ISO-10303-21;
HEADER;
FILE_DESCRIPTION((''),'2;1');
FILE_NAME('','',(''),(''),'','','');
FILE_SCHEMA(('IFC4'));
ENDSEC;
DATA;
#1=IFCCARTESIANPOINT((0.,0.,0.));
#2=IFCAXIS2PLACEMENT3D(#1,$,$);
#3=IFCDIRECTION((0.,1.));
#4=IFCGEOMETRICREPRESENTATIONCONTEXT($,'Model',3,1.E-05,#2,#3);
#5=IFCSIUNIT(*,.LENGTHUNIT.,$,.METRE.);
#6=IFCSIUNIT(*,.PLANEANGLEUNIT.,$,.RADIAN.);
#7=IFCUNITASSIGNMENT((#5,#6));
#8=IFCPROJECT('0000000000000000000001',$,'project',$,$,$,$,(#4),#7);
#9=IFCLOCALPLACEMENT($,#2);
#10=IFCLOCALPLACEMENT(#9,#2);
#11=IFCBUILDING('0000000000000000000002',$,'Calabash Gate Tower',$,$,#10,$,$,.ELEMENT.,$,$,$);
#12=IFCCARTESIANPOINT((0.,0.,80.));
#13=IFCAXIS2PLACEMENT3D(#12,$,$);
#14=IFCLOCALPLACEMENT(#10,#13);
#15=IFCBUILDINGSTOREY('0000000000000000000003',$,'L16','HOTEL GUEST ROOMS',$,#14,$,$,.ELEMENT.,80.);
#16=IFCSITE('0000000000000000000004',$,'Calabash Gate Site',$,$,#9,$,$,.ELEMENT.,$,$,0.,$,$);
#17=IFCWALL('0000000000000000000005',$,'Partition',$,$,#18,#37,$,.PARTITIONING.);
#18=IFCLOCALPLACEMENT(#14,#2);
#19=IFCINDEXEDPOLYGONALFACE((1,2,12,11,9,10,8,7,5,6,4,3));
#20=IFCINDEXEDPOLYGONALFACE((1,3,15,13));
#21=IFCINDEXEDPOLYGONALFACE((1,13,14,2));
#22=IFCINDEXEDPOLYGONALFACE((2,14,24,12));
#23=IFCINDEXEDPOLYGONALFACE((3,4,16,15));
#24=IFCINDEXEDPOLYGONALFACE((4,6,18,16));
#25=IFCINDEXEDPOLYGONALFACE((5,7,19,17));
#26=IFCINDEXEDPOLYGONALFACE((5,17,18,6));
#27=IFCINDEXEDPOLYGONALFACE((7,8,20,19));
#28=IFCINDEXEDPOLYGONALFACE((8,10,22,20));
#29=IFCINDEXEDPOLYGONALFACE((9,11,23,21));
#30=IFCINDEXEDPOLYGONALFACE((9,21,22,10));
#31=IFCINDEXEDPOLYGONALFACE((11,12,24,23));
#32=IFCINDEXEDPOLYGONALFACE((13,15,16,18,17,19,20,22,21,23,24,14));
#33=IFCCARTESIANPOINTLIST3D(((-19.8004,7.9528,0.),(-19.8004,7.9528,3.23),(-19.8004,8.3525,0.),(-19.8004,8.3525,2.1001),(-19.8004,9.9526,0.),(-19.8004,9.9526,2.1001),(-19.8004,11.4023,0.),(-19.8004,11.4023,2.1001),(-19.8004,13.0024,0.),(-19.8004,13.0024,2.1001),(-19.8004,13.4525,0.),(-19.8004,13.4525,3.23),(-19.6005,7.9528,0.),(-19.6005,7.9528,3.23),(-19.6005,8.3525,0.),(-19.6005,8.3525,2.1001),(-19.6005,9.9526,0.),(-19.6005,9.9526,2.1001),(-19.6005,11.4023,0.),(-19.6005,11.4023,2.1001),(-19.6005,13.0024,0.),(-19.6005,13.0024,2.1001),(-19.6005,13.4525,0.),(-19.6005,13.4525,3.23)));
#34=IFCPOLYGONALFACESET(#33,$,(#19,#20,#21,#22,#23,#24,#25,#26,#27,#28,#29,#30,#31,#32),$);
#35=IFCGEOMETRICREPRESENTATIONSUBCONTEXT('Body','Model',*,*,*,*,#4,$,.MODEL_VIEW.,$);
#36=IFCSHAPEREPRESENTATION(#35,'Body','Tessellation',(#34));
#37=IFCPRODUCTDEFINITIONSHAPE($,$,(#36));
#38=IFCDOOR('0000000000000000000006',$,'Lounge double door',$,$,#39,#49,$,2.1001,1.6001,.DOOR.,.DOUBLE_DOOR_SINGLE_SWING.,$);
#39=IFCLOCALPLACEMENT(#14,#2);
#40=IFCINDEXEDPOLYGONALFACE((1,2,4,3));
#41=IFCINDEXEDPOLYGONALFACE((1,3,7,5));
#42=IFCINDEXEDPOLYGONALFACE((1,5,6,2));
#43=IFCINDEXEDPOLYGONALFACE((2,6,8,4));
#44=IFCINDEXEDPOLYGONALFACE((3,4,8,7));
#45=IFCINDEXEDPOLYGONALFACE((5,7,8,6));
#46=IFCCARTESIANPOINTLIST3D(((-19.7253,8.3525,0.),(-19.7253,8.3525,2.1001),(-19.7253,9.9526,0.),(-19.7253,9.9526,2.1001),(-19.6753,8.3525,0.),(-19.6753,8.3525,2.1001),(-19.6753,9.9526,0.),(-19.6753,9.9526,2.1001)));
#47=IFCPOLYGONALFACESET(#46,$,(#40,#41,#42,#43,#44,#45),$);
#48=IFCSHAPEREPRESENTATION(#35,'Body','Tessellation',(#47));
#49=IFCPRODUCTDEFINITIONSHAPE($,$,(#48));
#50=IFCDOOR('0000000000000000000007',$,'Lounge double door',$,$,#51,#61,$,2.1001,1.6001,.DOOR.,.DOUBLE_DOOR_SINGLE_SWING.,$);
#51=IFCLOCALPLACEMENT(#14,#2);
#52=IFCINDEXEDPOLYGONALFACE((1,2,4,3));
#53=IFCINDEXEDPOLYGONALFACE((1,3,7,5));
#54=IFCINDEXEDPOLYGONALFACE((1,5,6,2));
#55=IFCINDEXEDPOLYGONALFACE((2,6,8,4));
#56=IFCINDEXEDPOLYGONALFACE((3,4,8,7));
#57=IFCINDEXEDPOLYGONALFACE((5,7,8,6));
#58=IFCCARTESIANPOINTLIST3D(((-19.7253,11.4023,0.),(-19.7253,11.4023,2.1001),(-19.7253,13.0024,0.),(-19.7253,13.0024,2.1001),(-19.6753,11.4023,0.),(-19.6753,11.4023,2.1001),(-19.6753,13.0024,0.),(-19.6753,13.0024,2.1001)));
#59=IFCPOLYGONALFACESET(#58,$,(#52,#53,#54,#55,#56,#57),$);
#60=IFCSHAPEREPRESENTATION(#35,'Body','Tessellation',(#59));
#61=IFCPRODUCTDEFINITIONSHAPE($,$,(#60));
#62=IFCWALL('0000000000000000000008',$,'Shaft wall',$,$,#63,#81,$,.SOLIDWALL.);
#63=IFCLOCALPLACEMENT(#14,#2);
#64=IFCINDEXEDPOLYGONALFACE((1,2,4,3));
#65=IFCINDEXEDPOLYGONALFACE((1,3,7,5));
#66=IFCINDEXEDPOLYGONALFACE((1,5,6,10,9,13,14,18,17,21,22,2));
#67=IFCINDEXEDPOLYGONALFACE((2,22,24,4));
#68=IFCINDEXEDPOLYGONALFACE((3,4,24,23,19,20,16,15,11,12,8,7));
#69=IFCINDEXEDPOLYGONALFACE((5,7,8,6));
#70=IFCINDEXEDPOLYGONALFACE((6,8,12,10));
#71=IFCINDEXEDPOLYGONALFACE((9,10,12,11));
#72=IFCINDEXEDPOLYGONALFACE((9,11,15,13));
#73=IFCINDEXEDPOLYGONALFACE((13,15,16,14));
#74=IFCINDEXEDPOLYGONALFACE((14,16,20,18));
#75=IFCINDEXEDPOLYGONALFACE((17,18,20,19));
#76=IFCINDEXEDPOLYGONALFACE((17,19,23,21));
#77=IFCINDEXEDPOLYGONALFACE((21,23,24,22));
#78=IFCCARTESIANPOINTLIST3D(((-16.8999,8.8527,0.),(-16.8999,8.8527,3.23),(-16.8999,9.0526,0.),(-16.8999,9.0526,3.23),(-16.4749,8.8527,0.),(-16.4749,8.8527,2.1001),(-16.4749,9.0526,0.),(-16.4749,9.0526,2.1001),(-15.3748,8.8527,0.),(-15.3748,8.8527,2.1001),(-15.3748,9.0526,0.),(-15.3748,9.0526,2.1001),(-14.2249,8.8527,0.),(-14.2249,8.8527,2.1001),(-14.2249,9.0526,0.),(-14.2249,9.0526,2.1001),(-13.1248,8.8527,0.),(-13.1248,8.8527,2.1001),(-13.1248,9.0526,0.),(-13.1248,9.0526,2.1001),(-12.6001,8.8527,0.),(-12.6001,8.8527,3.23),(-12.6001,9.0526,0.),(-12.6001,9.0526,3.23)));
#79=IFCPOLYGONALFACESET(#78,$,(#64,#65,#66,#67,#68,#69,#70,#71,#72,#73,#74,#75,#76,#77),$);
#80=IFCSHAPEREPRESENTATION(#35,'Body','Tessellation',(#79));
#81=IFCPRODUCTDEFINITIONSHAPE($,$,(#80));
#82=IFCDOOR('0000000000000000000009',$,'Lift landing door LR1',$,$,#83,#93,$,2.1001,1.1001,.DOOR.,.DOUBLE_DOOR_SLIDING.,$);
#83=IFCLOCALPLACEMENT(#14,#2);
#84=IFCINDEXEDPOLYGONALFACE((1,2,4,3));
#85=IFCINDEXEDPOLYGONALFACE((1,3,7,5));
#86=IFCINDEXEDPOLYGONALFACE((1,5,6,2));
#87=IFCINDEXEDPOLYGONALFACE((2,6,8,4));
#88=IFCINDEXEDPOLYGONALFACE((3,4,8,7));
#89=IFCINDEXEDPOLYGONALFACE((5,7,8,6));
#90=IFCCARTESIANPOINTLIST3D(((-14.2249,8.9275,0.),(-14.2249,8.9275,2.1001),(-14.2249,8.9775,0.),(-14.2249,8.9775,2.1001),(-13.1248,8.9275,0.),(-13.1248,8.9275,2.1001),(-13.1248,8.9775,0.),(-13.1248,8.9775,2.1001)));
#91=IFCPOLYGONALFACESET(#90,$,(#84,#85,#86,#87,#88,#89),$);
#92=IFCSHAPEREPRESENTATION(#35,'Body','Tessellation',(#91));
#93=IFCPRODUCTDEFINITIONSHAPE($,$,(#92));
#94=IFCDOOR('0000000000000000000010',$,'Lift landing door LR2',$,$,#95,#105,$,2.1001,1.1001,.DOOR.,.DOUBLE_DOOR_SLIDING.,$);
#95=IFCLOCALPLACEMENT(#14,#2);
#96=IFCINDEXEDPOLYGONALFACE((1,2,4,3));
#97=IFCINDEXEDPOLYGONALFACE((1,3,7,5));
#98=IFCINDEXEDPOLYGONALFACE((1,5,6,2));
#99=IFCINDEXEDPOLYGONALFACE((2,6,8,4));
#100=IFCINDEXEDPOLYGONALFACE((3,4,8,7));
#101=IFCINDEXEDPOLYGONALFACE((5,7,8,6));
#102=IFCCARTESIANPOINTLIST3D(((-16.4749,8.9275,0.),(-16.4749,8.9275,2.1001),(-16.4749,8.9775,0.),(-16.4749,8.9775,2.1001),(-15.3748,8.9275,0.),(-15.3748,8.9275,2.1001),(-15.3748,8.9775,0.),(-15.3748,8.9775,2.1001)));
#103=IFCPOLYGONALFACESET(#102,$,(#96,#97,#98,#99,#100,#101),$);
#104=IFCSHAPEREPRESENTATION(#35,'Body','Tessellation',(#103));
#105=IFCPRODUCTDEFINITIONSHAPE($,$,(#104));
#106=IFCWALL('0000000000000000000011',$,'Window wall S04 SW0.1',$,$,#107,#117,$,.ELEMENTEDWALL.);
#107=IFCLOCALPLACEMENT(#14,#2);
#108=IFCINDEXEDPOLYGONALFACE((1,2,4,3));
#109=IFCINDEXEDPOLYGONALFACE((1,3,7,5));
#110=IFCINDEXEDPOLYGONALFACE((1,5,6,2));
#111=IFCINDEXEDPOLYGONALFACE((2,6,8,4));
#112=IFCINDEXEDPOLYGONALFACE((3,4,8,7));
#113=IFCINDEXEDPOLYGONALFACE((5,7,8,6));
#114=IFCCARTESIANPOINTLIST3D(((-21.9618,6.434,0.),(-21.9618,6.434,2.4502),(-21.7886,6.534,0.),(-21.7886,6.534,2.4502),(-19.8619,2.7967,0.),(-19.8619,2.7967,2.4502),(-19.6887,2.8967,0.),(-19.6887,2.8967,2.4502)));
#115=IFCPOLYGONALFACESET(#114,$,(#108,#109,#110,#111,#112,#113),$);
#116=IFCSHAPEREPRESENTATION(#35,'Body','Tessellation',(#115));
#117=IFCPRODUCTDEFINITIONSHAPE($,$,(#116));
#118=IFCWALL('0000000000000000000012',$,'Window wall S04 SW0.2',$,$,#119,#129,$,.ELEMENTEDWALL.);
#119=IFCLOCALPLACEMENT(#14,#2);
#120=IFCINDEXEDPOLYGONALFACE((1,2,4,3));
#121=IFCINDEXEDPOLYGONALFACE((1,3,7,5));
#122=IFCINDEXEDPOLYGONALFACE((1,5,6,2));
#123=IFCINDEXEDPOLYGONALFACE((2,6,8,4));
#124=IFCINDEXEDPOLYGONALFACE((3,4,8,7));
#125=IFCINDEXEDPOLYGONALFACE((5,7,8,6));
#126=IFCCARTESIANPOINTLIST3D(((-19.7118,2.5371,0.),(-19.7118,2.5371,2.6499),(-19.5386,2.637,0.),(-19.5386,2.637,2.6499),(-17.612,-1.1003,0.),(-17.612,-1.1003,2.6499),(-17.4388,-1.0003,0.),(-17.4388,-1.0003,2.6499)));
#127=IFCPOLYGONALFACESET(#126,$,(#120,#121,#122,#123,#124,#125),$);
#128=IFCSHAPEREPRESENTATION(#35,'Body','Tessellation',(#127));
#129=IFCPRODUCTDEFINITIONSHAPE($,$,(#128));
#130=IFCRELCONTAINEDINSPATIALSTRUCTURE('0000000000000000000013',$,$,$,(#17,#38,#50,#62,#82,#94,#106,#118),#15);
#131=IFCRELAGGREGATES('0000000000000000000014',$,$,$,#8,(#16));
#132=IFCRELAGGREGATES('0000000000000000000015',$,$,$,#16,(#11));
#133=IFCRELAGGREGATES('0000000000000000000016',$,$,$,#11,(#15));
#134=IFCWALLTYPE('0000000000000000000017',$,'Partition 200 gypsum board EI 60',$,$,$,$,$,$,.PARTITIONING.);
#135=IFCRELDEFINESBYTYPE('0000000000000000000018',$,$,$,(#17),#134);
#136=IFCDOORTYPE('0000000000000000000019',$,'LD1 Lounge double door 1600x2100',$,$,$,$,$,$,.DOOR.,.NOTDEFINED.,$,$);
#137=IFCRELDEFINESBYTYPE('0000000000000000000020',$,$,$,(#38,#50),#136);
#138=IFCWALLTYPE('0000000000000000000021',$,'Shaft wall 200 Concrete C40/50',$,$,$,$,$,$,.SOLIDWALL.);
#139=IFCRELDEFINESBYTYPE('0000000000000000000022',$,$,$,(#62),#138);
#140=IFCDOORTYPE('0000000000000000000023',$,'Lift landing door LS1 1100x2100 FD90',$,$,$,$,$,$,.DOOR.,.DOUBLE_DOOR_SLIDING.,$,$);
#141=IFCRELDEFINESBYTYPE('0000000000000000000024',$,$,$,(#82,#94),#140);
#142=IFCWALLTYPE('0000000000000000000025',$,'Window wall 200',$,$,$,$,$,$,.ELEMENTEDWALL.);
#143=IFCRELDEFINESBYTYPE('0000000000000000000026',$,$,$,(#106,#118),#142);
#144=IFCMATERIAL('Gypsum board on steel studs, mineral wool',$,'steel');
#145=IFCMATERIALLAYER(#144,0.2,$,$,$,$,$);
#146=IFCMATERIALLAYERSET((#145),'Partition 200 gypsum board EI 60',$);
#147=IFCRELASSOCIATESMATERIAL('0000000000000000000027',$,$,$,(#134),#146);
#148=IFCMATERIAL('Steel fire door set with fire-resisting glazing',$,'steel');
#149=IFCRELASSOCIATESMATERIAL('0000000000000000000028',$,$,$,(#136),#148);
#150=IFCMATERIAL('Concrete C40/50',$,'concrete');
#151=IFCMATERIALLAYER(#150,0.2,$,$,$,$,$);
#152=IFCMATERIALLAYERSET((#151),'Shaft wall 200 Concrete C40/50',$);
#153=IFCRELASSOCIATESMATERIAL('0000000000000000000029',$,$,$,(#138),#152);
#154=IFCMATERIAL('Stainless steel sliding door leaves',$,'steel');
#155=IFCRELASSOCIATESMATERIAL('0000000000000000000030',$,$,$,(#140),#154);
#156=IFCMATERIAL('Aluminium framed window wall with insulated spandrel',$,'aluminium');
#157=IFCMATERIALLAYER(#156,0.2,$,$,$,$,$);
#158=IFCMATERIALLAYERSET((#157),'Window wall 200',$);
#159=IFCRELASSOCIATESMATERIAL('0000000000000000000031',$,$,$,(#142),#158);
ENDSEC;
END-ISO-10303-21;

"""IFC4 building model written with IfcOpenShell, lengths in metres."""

from ifc_helpers import new_model, si_unit, direction, frame, frame_2d, origin, place, context, subcontext, project, spatial, rectangle, extrude, material, layer, layer_set, type_object, element, fill, save


model = new_model("IFC4")

# Units and contexts
model_context = context("Model", 3, precision=1e-05, world=origin(), true_north=direction((0.0, 1.0)))
body_context = subcontext(model_context, "Body", "Model", "MODEL_VIEW")
ifc_project = project(units=[si_unit("LENGTHUNIT", "METRE"), si_unit("PLANEANGLEUNIT", "RADIAN")], contexts=[model_context])

# Site, building, storey
site_placement = place(None, origin())
site = spatial("IfcSite", under=ifc_project, at=site_placement, Name="Calabash Gate Site", CompositionType="ELEMENT", RefElevation=0.0)
building_placement = place(site_placement, origin())
building = spatial("IfcBuilding", under=site, at=building_placement, Name="Calabash Gate Tower", CompositionType="ELEMENT")
storey_placement = place(building_placement, frame((0.0, 0.0, 80.0)))
storey = spatial("IfcBuildingStorey", under=building, at=storey_placement, Name="L16", Description="HOTEL GUEST ROOMS", CompositionType="ELEMENT", Elevation=80.0)

# Shared definitions
ifc_material_1 = material(Name="Gypsum board on steel studs, mineral wool", Category="steel")
ifc_layer_1 = layer(ifc_material_1, 0.2)
ifc_layer_set_1 = layer_set([ifc_layer_1], Name="Partition 200 gypsum board EI 60")
wall_type_1 = type_object("IfcWallType", Name="Partition 200 gypsum board EI 60", PredefinedType="PARTITIONING", material=ifc_layer_set_1)

# Walls, openings, doors
wall_1_placement = place(storey_placement, frame((-19.7004, 7.9526, 0.0), z_axis=(0.0, 0.0, 1.0), x_axis=(0.0, 1.0, 0.0)))
wall_1 = element("IfcWall", 1, at=wall_1_placement, inside=storey, type_object=wall_type_1, Name="Partition", PredefinedType="PARTITIONING", context=body_context, shape_type="SweptSolid", body=[
    extrude(rectangle(XDim=5.4998, YDim=0.2, at=frame_2d((2.75, 0.0))), origin(), (0.0, 0.0, 1.0), 3.23),
])
opening_1_placement = place(wall_1_placement, frame((0.3999, 0.0, 0.0)))
opening_1 = element("IfcOpeningElement", 2, at=opening_1_placement, cuts=wall_1, PredefinedType="OPENING", context=body_context, shape_type="SweptSolid", body=[
    extrude(rectangle(XDim=1.6001, YDim=2.1001, at=frame_2d((0.8, 1.05))), frame((0.0, 0.1099, 0.0), z_axis=(0.0, -1.0, 0.0), x_axis=(1.0, 0.0, 0.0)), (0.0, 0.0, 1.0), 0.22),
])
opening_2_placement = place(wall_1_placement, frame((3.4497, 0.0, 0.0)))
opening_2 = element("IfcOpeningElement", 3, at=opening_2_placement, cuts=wall_1, PredefinedType="OPENING", context=body_context, shape_type="SweptSolid", body=[
    extrude(rectangle(XDim=1.6001, YDim=2.1001, at=frame_2d((0.8, 1.05))), frame((0.0, 0.1099, 0.0), z_axis=(0.0, -1.0, 0.0), x_axis=(1.0, 0.0, 0.0)), (0.0, 0.0, 1.0), 0.22),
])
ifc_material_2 = material(Name="Steel fire door set with fire-resisting glazing", Category="steel")
door_type_1 = type_object("IfcDoorType", Name="LD1 Lounge double door 1600x2100", OperationType="NOTDEFINED", PredefinedType="DOOR", material=ifc_material_2)
door_1_placement = place(opening_1_placement, origin())
door_1 = element("IfcDoor", 4, at=door_1_placement, inside=storey, type_object=door_type_1, Name="Lounge double door", OperationType="DOUBLE_DOOR_SINGLE_SWING", OverallHeight=2.1001, OverallWidth=1.6001, PredefinedType="DOOR", context=body_context, shape_type="SweptSolid", body=[
    extrude(rectangle(XDim=1.6001, YDim=2.1001, at=frame_2d((0.8, 1.05))), frame((0.0, 0.0249, 0.0), z_axis=(0.0, -1.0, 0.0), x_axis=(1.0, 0.0, 0.0)), (0.0, 0.0, 1.0), 0.05),
])
fill(opening_1, door_1)
door_2_placement = place(opening_2_placement, origin())
door_2 = element("IfcDoor", 5, at=door_2_placement, inside=storey, type_object=door_type_1, Name="Lounge double door", OperationType="DOUBLE_DOOR_SINGLE_SWING", OverallHeight=2.1001, OverallWidth=1.6001, PredefinedType="DOOR", context=body_context, shape_type="SweptSolid", body=[
    extrude(rectangle(XDim=1.6001, YDim=2.1001, at=frame_2d((0.8, 1.05))), frame((0.0, 0.0249, 0.0), z_axis=(0.0, -1.0, 0.0), x_axis=(1.0, 0.0, 0.0)), (0.0, 0.0, 1.0), 0.05),
])
fill(opening_2, door_2)
ifc_material_3 = material(Name="Concrete C40/50", Category="concrete")
ifc_layer_2 = layer(ifc_material_3, 0.2)
ifc_layer_set_2 = layer_set([ifc_layer_2], Name="Shaft wall 200 Concrete C40/50")
wall_type_2 = type_object("IfcWallType", Name="Shaft wall 200 Concrete C40/50", PredefinedType="SOLIDWALL", material=ifc_layer_set_2)
wall_2_placement = place(storey_placement, frame((-16.8999, 8.9526, 0.0), z_axis=(0.0, 0.0, 1.0), x_axis=(1.0, 0.0, 0.0)))
wall_2 = element("IfcWall", 6, at=wall_2_placement, inside=storey, type_object=wall_type_2, Name="Shaft wall", PredefinedType="SOLIDWALL", context=body_context, shape_type="SweptSolid", body=[
    extrude(rectangle(XDim=4.2998, YDim=0.2, at=frame_2d((2.1499, 0.0))), origin(), (0.0, 0.0, 1.0), 3.23),
])
opening_3_placement = place(wall_2_placement, frame((2.675, 0.0, 0.0)))
opening_3 = element("IfcOpeningElement", 7, at=opening_3_placement, cuts=wall_2, PredefinedType="OPENING", context=body_context, shape_type="SweptSolid", body=[
    extrude(rectangle(XDim=1.1001, YDim=2.1001, at=frame_2d((0.55, 1.05))), frame((0.0, 0.1099, 0.0), z_axis=(0.0, -1.0, 0.0), x_axis=(1.0, 0.0, 0.0)), (0.0, 0.0, 1.0), 0.22),
])
opening_4_placement = place(wall_2_placement, frame((0.425, 0.0, 0.0)))
opening_4 = element("IfcOpeningElement", 8, at=opening_4_placement, cuts=wall_2, PredefinedType="OPENING", context=body_context, shape_type="SweptSolid", body=[
    extrude(rectangle(XDim=1.1001, YDim=2.1001, at=frame_2d((0.55, 1.05))), frame((0.0, 0.1099, 0.0), z_axis=(0.0, -1.0, 0.0), x_axis=(1.0, 0.0, 0.0)), (0.0, 0.0, 1.0), 0.22),
])
ifc_material_4 = material(Name="Stainless steel sliding door leaves", Category="steel")
door_type_2 = type_object("IfcDoorType", Name="Lift landing door LS1 1100x2100 FD90", OperationType="DOUBLE_DOOR_SLIDING", PredefinedType="DOOR", material=ifc_material_4)
door_3_placement = place(opening_3_placement, origin())
door_3 = element("IfcDoor", 9, at=door_3_placement, inside=storey, type_object=door_type_2, Name="Lift landing door LR1", OperationType="DOUBLE_DOOR_SLIDING", OverallHeight=2.1001, OverallWidth=1.1001, PredefinedType="DOOR", context=body_context, shape_type="SweptSolid", body=[
    extrude(rectangle(XDim=1.1001, YDim=2.1001, at=frame_2d((0.55, 1.05))), frame((0.0, 0.0249, 0.0), z_axis=(0.0, -1.0, 0.0), x_axis=(1.0, 0.0, 0.0)), (0.0, 0.0, 1.0), 0.05),
])
fill(opening_3, door_3)
door_4_placement = place(opening_4_placement, origin())
door_4 = element("IfcDoor", 10, at=door_4_placement, inside=storey, type_object=door_type_2, Name="Lift landing door LR2", OperationType="DOUBLE_DOOR_SLIDING", OverallHeight=2.1001, OverallWidth=1.1001, PredefinedType="DOOR", context=body_context, shape_type="SweptSolid", body=[
    extrude(rectangle(XDim=1.1001, YDim=2.1001, at=frame_2d((0.55, 1.05))), frame((0.0, 0.0249, 0.0), z_axis=(0.0, -1.0, 0.0), x_axis=(1.0, 0.0, 0.0)), (0.0, 0.0, 1.0), 0.05),
])
fill(opening_4, door_4)

# Walls
ifc_material_5 = material(Name="Aluminium framed window wall with insulated spandrel", Category="aluminium")
ifc_layer_3 = layer(ifc_material_5, 0.2)
ifc_layer_set_3 = layer_set([ifc_layer_3], Name="Window wall 200")
wall_type_3 = type_object("IfcWallType", Name="Window wall 200", PredefinedType="ELEMENTEDWALL", material=ifc_layer_set_3)
wall_3_placement = place(storey_placement, frame((-21.8752, 6.4841, 0.0), z_axis=(0.0, 0.0, 1.0), x_axis=(0.499984, -0.866035, 0.0)))
element("IfcWall", 11, at=wall_3_placement, inside=storey, type_object=wall_type_3, Name="Window wall S04 SW0.1", PredefinedType="ELEMENTEDWALL", context=body_context, shape_type="SweptSolid", body=[
    extrude(rectangle(XDim=4.2, YDim=0.2, at=frame_2d((2.1001, 0.0))), origin(), (0.0, 0.0, 1.0), 2.4502),
])
wall_4_placement = place(storey_placement, frame((-19.6252, 2.5872, 0.0), z_axis=(0.0, 0.0, 1.0), x_axis=(0.499959, -0.866049, 0.0)))
element("IfcWall", 12, at=wall_4_placement, inside=storey, type_object=wall_type_3, Name="Window wall S04 SW0.2", PredefinedType="ELEMENTEDWALL", context=body_context, shape_type="SweptSolid", body=[
    extrude(rectangle(XDim=4.2, YDim=0.2, at=frame_2d((2.1001, 0.0))), origin(), (0.0, 0.0, 1.0), 2.6499),
])

save(model, "model.ifc")
